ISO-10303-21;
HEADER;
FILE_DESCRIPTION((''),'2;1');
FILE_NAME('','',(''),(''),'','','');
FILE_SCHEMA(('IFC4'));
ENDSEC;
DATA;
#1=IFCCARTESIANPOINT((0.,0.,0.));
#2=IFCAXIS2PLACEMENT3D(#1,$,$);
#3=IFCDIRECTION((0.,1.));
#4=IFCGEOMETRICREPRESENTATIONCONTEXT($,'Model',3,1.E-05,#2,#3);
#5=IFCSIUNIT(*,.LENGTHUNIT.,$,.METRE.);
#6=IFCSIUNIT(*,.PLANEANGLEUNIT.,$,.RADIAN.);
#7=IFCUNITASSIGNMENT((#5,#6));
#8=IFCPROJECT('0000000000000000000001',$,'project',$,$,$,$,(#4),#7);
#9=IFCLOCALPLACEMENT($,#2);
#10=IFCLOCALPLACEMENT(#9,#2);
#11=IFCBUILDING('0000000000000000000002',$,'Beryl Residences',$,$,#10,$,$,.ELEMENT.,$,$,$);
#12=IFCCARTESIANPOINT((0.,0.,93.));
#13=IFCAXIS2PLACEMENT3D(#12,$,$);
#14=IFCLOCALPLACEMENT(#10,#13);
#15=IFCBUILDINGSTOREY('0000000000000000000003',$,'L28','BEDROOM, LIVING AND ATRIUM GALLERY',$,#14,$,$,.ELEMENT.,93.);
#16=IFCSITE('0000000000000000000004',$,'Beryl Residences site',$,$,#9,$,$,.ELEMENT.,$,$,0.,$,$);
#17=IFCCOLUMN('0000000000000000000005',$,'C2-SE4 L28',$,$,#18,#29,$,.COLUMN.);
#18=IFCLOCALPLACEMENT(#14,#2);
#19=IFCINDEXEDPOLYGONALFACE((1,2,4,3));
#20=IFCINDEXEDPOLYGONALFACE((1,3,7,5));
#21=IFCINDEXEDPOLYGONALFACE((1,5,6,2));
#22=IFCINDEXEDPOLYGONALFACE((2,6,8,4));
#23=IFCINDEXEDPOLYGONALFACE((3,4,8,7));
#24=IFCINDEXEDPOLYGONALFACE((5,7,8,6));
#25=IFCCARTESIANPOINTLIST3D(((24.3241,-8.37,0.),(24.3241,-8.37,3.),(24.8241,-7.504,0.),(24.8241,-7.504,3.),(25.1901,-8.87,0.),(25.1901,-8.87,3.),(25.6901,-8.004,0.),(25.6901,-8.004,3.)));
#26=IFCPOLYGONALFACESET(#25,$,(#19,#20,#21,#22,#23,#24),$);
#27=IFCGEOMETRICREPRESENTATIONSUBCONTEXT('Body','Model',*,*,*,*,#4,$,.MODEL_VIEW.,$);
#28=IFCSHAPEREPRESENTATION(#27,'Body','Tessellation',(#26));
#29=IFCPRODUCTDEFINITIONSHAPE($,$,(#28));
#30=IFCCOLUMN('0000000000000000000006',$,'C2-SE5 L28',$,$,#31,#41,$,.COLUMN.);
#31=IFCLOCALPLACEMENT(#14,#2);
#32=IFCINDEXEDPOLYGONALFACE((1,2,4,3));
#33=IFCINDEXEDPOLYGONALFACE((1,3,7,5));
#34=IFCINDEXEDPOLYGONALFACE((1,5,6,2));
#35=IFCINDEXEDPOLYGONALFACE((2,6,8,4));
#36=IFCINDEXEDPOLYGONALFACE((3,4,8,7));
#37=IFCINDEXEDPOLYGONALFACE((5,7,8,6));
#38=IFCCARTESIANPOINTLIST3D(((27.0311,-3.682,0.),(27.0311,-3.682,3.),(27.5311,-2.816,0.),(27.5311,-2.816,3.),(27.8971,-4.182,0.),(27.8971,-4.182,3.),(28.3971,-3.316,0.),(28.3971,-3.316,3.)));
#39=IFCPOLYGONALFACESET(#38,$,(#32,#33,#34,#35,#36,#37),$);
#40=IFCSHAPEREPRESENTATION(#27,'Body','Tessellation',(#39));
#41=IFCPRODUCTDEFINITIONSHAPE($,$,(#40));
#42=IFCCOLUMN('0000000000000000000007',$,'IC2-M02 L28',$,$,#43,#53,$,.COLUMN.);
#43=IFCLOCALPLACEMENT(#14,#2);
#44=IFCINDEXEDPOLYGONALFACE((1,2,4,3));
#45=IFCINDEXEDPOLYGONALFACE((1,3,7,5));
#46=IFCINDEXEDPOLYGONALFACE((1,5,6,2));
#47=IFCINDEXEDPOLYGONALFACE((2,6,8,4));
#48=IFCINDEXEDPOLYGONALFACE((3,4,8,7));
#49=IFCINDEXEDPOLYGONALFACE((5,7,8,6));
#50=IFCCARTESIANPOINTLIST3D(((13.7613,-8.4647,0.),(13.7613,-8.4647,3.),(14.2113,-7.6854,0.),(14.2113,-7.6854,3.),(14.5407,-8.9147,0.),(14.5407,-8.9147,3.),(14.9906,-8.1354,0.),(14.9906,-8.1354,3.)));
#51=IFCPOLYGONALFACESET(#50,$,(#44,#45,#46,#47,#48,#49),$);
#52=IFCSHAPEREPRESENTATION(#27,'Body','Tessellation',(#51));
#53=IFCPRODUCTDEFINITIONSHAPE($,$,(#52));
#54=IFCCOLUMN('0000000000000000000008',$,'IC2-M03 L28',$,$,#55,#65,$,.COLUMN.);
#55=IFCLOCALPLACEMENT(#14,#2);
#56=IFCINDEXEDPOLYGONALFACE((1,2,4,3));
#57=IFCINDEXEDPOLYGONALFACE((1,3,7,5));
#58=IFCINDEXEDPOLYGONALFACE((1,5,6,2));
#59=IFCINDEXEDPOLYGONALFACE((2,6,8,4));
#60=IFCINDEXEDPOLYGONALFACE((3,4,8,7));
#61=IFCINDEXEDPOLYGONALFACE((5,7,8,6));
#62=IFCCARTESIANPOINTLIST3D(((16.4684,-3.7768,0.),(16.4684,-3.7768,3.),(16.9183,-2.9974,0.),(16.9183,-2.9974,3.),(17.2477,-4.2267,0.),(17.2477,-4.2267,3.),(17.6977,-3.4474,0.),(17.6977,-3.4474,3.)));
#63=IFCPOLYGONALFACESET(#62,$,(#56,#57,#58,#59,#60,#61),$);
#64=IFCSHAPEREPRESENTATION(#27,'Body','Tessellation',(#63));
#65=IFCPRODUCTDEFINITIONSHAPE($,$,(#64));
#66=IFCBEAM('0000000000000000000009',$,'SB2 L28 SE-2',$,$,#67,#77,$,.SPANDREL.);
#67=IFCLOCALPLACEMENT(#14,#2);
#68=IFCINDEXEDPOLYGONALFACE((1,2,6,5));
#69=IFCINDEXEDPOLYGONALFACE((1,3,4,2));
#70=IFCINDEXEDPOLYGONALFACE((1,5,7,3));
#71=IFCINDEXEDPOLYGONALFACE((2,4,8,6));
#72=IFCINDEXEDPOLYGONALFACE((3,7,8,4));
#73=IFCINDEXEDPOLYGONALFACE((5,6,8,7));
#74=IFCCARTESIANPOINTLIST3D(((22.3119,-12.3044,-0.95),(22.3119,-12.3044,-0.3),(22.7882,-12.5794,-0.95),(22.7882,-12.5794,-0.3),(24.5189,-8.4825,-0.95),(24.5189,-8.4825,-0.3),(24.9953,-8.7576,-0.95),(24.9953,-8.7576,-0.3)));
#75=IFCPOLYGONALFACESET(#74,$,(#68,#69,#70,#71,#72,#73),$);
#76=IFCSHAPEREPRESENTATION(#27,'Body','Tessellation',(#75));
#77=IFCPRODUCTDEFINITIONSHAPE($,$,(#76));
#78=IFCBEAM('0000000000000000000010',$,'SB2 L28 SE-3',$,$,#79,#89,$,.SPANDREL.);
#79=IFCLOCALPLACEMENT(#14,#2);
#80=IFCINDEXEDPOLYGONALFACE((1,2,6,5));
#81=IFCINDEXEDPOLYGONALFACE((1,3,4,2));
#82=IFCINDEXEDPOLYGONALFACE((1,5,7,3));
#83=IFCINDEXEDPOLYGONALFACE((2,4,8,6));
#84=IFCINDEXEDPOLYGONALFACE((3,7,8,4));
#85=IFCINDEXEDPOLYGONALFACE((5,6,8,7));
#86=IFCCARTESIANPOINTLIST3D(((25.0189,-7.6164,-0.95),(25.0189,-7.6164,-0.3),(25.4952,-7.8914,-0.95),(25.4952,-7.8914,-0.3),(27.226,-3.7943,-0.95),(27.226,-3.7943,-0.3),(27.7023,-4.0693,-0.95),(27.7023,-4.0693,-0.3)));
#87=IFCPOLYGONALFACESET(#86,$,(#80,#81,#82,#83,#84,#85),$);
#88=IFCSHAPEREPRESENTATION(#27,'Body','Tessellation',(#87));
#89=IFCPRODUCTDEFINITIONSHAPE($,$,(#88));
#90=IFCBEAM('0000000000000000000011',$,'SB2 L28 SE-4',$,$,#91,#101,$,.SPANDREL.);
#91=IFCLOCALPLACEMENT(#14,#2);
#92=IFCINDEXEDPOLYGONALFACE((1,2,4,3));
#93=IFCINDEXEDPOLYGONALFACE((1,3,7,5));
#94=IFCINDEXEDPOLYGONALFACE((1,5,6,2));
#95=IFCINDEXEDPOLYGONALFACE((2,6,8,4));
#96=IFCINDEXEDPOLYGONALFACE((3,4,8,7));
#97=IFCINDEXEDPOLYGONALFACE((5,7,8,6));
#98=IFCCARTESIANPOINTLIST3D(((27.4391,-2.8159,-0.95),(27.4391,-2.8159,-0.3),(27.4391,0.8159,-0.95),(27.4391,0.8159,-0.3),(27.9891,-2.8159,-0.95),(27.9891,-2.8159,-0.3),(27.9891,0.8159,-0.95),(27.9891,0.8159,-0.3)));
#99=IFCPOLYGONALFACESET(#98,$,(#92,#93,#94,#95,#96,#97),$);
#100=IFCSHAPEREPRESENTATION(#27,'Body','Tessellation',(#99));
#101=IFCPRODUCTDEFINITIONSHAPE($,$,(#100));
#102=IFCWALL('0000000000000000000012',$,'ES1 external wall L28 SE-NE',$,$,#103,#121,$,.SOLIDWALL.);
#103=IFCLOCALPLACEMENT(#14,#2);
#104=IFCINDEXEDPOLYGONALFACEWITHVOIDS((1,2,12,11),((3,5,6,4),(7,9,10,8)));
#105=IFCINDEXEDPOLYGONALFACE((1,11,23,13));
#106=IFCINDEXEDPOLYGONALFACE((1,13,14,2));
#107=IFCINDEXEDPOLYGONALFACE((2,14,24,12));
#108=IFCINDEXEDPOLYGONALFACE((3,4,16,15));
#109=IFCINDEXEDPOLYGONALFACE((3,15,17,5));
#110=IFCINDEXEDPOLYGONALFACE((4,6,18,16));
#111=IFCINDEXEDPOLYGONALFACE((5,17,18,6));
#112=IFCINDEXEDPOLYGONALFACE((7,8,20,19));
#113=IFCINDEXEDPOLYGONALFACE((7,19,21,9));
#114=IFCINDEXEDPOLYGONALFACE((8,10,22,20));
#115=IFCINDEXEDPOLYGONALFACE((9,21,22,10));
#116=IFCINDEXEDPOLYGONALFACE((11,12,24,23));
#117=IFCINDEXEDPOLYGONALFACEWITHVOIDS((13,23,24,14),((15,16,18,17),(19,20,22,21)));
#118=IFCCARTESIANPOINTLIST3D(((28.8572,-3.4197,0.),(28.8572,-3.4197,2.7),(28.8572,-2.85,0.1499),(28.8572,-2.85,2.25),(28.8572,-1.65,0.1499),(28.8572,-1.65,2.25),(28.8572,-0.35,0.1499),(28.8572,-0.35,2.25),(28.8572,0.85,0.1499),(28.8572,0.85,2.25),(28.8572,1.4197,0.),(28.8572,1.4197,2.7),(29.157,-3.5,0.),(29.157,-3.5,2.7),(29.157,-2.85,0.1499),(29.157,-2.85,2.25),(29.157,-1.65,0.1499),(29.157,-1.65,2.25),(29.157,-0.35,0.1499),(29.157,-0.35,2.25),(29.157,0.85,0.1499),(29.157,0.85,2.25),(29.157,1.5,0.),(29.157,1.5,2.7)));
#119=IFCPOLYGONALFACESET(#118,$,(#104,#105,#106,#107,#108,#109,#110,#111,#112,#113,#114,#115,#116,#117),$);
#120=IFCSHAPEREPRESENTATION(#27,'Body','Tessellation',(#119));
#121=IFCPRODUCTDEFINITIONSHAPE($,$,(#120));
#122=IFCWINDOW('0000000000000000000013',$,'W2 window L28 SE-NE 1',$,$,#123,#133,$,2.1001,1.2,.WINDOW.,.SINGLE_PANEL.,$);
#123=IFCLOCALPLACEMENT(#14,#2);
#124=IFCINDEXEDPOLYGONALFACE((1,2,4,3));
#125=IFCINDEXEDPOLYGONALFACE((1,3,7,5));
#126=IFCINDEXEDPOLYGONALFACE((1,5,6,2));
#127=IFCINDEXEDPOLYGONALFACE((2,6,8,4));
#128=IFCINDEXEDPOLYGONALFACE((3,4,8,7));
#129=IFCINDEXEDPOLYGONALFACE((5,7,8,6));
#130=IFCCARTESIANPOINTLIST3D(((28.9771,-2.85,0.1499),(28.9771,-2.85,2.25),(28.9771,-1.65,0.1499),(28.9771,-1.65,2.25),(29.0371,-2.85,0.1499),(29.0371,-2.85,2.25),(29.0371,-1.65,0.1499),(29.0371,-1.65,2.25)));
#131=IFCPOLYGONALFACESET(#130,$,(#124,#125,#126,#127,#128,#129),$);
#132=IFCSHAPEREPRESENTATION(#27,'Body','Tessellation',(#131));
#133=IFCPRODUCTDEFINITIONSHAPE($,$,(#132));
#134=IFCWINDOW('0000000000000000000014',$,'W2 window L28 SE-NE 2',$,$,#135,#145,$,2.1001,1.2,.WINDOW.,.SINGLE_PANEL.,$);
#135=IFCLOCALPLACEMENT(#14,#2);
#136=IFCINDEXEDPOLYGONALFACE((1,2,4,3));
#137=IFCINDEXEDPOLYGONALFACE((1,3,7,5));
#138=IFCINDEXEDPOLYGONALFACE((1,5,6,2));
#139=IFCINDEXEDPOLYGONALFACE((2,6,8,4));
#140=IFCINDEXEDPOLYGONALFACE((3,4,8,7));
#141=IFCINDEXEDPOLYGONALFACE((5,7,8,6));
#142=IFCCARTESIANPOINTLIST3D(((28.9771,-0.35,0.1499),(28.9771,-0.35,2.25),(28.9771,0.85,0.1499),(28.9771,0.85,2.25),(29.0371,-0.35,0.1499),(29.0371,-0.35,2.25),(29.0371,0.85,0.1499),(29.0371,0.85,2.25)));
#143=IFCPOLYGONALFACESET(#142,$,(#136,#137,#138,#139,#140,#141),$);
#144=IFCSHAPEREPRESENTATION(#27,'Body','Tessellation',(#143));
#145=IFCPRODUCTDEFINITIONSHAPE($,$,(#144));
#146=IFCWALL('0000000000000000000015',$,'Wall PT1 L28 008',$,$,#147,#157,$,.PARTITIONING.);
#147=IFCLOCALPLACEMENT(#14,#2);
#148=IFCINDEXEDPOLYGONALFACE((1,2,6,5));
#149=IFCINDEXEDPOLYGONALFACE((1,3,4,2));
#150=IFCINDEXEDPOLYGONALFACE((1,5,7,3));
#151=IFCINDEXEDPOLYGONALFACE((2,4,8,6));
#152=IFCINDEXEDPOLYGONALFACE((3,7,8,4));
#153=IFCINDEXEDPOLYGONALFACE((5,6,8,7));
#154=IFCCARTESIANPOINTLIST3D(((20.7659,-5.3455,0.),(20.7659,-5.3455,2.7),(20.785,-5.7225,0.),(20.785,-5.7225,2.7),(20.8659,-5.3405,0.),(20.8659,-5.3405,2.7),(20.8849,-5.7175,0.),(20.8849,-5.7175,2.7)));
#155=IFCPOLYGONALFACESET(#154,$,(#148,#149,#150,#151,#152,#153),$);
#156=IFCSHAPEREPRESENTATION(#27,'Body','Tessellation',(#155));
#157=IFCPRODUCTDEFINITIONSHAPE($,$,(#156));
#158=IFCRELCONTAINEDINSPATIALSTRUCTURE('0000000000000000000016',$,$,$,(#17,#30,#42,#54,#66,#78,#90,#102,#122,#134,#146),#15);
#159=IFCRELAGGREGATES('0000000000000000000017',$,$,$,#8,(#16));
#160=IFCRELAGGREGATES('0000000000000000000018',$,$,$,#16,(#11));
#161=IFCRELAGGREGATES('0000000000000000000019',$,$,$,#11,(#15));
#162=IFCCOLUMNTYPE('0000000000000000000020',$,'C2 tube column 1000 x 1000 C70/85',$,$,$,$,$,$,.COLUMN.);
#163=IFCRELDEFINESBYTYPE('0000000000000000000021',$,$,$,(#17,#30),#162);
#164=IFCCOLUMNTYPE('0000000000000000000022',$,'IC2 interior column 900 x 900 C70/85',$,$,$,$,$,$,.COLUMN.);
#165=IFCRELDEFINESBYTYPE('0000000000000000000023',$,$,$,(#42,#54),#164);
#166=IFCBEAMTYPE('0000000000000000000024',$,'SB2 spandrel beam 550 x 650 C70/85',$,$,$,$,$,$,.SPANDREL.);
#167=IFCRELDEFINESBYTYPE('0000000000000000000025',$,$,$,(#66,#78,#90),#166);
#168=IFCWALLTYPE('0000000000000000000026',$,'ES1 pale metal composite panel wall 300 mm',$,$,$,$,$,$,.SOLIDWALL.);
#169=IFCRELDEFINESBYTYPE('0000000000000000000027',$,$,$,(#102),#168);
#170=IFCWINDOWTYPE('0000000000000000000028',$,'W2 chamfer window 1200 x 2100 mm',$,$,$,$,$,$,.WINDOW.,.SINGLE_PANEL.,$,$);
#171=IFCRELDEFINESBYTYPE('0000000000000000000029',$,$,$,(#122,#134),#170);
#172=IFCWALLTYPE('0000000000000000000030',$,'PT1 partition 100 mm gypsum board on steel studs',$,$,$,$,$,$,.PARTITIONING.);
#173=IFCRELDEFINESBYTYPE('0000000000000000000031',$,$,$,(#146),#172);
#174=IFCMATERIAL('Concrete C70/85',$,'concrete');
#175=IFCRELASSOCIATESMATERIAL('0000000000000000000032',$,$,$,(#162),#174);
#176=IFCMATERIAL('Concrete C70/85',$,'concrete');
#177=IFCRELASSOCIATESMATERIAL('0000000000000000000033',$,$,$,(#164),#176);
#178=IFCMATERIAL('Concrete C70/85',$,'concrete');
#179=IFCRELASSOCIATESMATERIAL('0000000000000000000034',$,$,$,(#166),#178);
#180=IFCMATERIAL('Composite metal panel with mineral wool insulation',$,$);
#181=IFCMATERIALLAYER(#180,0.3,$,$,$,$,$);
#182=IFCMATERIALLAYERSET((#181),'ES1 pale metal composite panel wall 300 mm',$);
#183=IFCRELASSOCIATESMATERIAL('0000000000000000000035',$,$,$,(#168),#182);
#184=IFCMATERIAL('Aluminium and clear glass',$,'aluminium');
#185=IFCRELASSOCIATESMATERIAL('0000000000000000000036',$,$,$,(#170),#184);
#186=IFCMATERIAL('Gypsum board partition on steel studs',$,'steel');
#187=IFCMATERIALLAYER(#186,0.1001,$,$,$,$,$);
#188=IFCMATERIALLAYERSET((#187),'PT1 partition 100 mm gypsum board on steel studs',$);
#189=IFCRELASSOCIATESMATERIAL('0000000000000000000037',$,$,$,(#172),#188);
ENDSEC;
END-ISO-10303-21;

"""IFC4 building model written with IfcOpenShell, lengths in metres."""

from ifc_helpers import new_model, si_unit, direction, frame, frame_2d, origin, origin_2d, place, context, subcontext, project, spatial, polyline, rectangle, outline, extrude, material, layer, layer_set, material_profile, profile_set, type_object, element, fill, save


model = new_model("IFC4")

# Units and contexts
model_context = context("Model", 3, precision=1e-05, world=origin(), true_north=direction((0.0, 1.0)))
body_context = subcontext(model_context, "Body", "Model", "MODEL_VIEW")
ifc_project = project(units=[si_unit("LENGTHUNIT", "METRE"), si_unit("PLANEANGLEUNIT", "RADIAN")], contexts=[model_context])

# Site, building, storey
site_placement = place(None, origin())
site = spatial("IfcSite", under=ifc_project, at=site_placement, Name="Beryl Residences site", CompositionType="ELEMENT", RefElevation=0.0)
building_placement = place(site_placement, origin())
building = spatial("IfcBuilding", under=site, at=building_placement, Name="Beryl Residences", CompositionType="ELEMENT")
storey_placement = place(building_placement, frame((0.0, 0.0, 93.0)))
storey = spatial("IfcBuildingStorey", under=building, at=storey_placement, Name="L28", Description="BEDROOM, LIVING AND ATRIUM GALLERY", CompositionType="ELEMENT", Elevation=93.0)

# Columns
ifc_material_1 = material(Name="Concrete C70/85", Category="concrete")
ifc_material_profile_1 = material_profile(ifc_material_1, rectangle(XDim=1.0, YDim=1.0, at=origin_2d()))
ifc_profile_set_1 = profile_set([ifc_material_profile_1], Name="Concrete C70/85")
column_type_1 = type_object("IfcColumnType", Name="C2 tube column 1000 x 1000 C70/85", PredefinedType="COLUMN", material=ifc_profile_set_1)
for number, where, z_axis, x_axis, name in (
    (1, (25.0071, -8.187, 0.0), (0.0, 0.0, 1.0), (0.5, 0.866025, 0.0), "C2-SE4 L28"),
    (2, (27.7141, -3.499, 0.0), (0.0, 0.0, 1.0), (0.5, 0.866025, 0.0), "C2-SE5 L28"),
):
    element("IfcColumn", number, at=place(storey_placement, frame(where, z_axis=z_axis, x_axis=x_axis)), inside=storey, type_object=column_type_1, Name=name, PredefinedType="COLUMN", context=body_context, shape_type="SweptSolid", body=[
        extrude(rectangle(XDim=1.0, YDim=1.0, at=origin_2d()), origin(), (0.0, 0.0, 1.0), 3.0),
    ])
ifc_material_2 = material(Name="Concrete C70/85", Category="concrete")
ifc_material_profile_2 = material_profile(ifc_material_2, rectangle(XDim=0.8999, YDim=0.8999, at=origin_2d()))
ifc_profile_set_2 = profile_set([ifc_material_profile_2], Name="Concrete C70/85")
column_type_2 = type_object("IfcColumnType", Name="IC2 interior column 900 x 900 C70/85", PredefinedType="COLUMN", material=ifc_profile_set_2)
for number, where, z_axis, x_axis, name in (
    (3, (14.376, -8.3, 0.0), (0.0, 0.0, 1.0), (0.5, 0.866025, 0.0), "IC2-M02 L28"),
    (4, (17.083, -3.6121, 0.0), (0.0, 0.0, 1.0), (0.5, 0.866025, 0.0), "IC2-M03 L28"),
):
    element("IfcColumn", number, at=place(storey_placement, frame(where, z_axis=z_axis, x_axis=x_axis)), inside=storey, type_object=column_type_2, Name=name, PredefinedType="COLUMN", context=body_context, shape_type="SweptSolid", body=[
        extrude(rectangle(XDim=0.8999, YDim=0.8999, at=origin_2d()), origin(), (0.0, 0.0, 1.0), 3.0),
    ])

# Beams
ifc_material_3 = material(Name="Concrete C70/85", Category="concrete")
ifc_material_profile_3 = material_profile(ifc_material_3, rectangle(XDim=0.55, YDim=0.6499, at=origin_2d()))
ifc_profile_set_3 = profile_set([ifc_material_profile_3], Name="Concrete C70/85")
beam_type = type_object("IfcBeamType", Name="SB2 spandrel beam 550 x 650 C70/85", PredefinedType="SPANDREL", material=ifc_profile_set_3)
beam_1_placement = place(storey_placement, frame((22.55, -12.4419, -0.625), z_axis=(0.50009, 0.865974, 0.0), x_axis=(-0.865974, 0.50009, 0.0)))
element("IfcBeam", 5, at=beam_1_placement, inside=storey, type_object=beam_type, Name="SB2 L28 SE-2", PredefinedType="SPANDREL", context=body_context, shape_type="SweptSolid", body=[
    extrude(rectangle(XDim=0.55, YDim=0.6499, at=origin_2d()), origin(), (0.0, 0.0, 1.0), 4.4133),
])
beam_2_placement = place(storey_placement, frame((25.2571, -7.7539, -0.625), z_axis=(0.500066, 0.865988, 0.0), x_axis=(-0.865988, 0.500066, 0.0)))
element("IfcBeam", 6, at=beam_2_placement, inside=storey, type_object=beam_type, Name="SB2 L28 SE-3", PredefinedType="SPANDREL", context=body_context, shape_type="SweptSolid", body=[
    extrude(rectangle(XDim=0.55, YDim=0.6499, at=origin_2d()), origin(), (0.0, 0.0, 1.0), 4.4136),
])
beam_3_placement = place(storey_placement, frame((27.7141, -2.8159, -0.625), z_axis=(0.0, 1.0, 0.0), x_axis=(-1.0, 0.0, 0.0)))
element("IfcBeam", 7, at=beam_3_placement, inside=storey, type_object=beam_type, Name="SB2 L28 SE-4", PredefinedType="SPANDREL", context=body_context, shape_type="SweptSolid", body=[
    extrude(rectangle(XDim=0.55, YDim=0.6499, at=origin_2d()), origin(), (0.0, 0.0, 1.0), 3.6318),
])

# Wall, openings, windows
ifc_material_4 = material(Name="Composite metal panel with mineral wool insulation")
ifc_layer_1 = layer(ifc_material_4, 0.3)
ifc_layer_set_1 = layer_set([ifc_layer_1], Name="ES1 pale metal composite panel wall 300 mm")
wall_type_1 = type_object("IfcWallType", Name="ES1 pale metal composite panel wall 300 mm", PredefinedType="SOLIDWALL", material=ifc_layer_set_1)
wall_1_placement = place(storey_placement, frame((29.0071, -3.5, 0.0), z_axis=(0.0, 0.0, 1.0), x_axis=(0.0, 1.0, 0.0)))
wall_1 = element("IfcWall", 8, at=wall_1_placement, inside=storey, type_object=wall_type_1, Name="ES1 external wall L28 SE-NE", PredefinedType="SOLIDWALL", context=body_context, shape_type="SweptSolid", body=[
    extrude(outline(polyline([(0.0, -0.1499), (5.0, -0.1499), (4.9197, 0.1499), (0.0803, 0.1499), (0.0, -0.1499)])), origin(), (0.0, 0.0, 1.0), 2.7),
])
opening_1_placement = place(wall_1_placement, frame((0.6499, 0.0, 0.1499)))
opening_1 = element("IfcOpeningElement", 9, at=opening_1_placement, cuts=wall_1, PredefinedType="OPENING", context=body_context, shape_type="SweptSolid", body=[
    extrude(rectangle(XDim=1.2, YDim=2.1001, at=frame_2d((0.6001, 1.05))), frame((0.0, 0.1599, 0.0), z_axis=(0.0, -1.0, 0.0), x_axis=(1.0, 0.0, 0.0)), (0.0, 0.0, 1.0), 0.3201),
])
opening_2_placement = place(wall_1_placement, frame((3.1499, 0.0, 0.1499)))
opening_2 = element("IfcOpeningElement", 10, at=opening_2_placement, cuts=wall_1, PredefinedType="OPENING", context=body_context, shape_type="SweptSolid", body=[
    extrude(rectangle(XDim=1.2, YDim=2.1001, at=frame_2d((0.6001, 1.05))), frame((0.0, 0.1599, 0.0), z_axis=(0.0, -1.0, 0.0), x_axis=(1.0, 0.0, 0.0)), (0.0, 0.0, 1.0), 0.3201),
])
ifc_material_5 = material(Name="Aluminium and clear glass", Category="aluminium")
window_type = type_object("IfcWindowType", Name="W2 chamfer window 1200 x 2100 mm", PartitioningType="SINGLE_PANEL", PredefinedType="WINDOW", material=ifc_material_5)
window_1_placement = place(opening_1_placement, origin())
window_1 = element("IfcWindow", 11, at=window_1_placement, inside=storey, type_object=window_type, Name="W2 window L28 SE-NE 1", OverallHeight=2.1001, OverallWidth=1.2, PartitioningType="SINGLE_PANEL", PredefinedType="WINDOW", context=body_context, shape_type="SweptSolid", body=[
    extrude(rectangle(XDim=1.2, YDim=2.1001, at=frame_2d((0.6001, 1.05))), frame((0.0, 0.03, 0.0), z_axis=(0.0, -1.0, 0.0), x_axis=(1.0, 0.0, 0.0)), (0.0, 0.0, 1.0), 0.0601),
])
fill(opening_1, window_1)
window_2_placement = place(opening_2_placement, origin())
window_2 = element("IfcWindow", 12, at=window_2_placement, inside=storey, type_object=window_type, Name="W2 window L28 SE-NE 2", OverallHeight=2.1001, OverallWidth=1.2, PartitioningType="SINGLE_PANEL", PredefinedType="WINDOW", context=body_context, shape_type="SweptSolid", body=[
    extrude(rectangle(XDim=1.2, YDim=2.1001, at=frame_2d((0.6001, 1.05))), frame((0.0, 0.03, 0.0), z_axis=(0.0, -1.0, 0.0), x_axis=(1.0, 0.0, 0.0)), (0.0, 0.0, 1.0), 0.0601),
])
fill(opening_2, window_2)

# Wall
ifc_material_6 = material(Name="Gypsum board partition on steel studs", Category="steel")
ifc_layer_2 = layer(ifc_material_6, 0.1001)
ifc_layer_set_2 = layer_set([ifc_layer_2], Name="PT1 partition 100 mm gypsum board on steel studs")
wall_type_2 = type_object("IfcWallType", Name="PT1 partition 100 mm gypsum board on steel studs", PredefinedType="PARTITIONING", material=ifc_layer_set_2)
wall_2_placement = place(storey_placement, frame((20.8159, -5.343, 0.0), z_axis=(0.0, 0.0, 1.0), x_axis=(0.050454, -0.998726, 0.0)))
element("IfcWall", 13, at=wall_2_placement, inside=storey, type_object=wall_type_2, Name="Wall PT1 L28 008", PredefinedType="PARTITIONING", context=body_context, shape_type="SweptSolid", body=[
    extrude(rectangle(XDim=0.3774, YDim=0.1001, at=frame_2d((0.1887, 0.0))), origin(), (0.0, 0.0, 1.0), 2.7),
])

save(model, "model.ifc")
